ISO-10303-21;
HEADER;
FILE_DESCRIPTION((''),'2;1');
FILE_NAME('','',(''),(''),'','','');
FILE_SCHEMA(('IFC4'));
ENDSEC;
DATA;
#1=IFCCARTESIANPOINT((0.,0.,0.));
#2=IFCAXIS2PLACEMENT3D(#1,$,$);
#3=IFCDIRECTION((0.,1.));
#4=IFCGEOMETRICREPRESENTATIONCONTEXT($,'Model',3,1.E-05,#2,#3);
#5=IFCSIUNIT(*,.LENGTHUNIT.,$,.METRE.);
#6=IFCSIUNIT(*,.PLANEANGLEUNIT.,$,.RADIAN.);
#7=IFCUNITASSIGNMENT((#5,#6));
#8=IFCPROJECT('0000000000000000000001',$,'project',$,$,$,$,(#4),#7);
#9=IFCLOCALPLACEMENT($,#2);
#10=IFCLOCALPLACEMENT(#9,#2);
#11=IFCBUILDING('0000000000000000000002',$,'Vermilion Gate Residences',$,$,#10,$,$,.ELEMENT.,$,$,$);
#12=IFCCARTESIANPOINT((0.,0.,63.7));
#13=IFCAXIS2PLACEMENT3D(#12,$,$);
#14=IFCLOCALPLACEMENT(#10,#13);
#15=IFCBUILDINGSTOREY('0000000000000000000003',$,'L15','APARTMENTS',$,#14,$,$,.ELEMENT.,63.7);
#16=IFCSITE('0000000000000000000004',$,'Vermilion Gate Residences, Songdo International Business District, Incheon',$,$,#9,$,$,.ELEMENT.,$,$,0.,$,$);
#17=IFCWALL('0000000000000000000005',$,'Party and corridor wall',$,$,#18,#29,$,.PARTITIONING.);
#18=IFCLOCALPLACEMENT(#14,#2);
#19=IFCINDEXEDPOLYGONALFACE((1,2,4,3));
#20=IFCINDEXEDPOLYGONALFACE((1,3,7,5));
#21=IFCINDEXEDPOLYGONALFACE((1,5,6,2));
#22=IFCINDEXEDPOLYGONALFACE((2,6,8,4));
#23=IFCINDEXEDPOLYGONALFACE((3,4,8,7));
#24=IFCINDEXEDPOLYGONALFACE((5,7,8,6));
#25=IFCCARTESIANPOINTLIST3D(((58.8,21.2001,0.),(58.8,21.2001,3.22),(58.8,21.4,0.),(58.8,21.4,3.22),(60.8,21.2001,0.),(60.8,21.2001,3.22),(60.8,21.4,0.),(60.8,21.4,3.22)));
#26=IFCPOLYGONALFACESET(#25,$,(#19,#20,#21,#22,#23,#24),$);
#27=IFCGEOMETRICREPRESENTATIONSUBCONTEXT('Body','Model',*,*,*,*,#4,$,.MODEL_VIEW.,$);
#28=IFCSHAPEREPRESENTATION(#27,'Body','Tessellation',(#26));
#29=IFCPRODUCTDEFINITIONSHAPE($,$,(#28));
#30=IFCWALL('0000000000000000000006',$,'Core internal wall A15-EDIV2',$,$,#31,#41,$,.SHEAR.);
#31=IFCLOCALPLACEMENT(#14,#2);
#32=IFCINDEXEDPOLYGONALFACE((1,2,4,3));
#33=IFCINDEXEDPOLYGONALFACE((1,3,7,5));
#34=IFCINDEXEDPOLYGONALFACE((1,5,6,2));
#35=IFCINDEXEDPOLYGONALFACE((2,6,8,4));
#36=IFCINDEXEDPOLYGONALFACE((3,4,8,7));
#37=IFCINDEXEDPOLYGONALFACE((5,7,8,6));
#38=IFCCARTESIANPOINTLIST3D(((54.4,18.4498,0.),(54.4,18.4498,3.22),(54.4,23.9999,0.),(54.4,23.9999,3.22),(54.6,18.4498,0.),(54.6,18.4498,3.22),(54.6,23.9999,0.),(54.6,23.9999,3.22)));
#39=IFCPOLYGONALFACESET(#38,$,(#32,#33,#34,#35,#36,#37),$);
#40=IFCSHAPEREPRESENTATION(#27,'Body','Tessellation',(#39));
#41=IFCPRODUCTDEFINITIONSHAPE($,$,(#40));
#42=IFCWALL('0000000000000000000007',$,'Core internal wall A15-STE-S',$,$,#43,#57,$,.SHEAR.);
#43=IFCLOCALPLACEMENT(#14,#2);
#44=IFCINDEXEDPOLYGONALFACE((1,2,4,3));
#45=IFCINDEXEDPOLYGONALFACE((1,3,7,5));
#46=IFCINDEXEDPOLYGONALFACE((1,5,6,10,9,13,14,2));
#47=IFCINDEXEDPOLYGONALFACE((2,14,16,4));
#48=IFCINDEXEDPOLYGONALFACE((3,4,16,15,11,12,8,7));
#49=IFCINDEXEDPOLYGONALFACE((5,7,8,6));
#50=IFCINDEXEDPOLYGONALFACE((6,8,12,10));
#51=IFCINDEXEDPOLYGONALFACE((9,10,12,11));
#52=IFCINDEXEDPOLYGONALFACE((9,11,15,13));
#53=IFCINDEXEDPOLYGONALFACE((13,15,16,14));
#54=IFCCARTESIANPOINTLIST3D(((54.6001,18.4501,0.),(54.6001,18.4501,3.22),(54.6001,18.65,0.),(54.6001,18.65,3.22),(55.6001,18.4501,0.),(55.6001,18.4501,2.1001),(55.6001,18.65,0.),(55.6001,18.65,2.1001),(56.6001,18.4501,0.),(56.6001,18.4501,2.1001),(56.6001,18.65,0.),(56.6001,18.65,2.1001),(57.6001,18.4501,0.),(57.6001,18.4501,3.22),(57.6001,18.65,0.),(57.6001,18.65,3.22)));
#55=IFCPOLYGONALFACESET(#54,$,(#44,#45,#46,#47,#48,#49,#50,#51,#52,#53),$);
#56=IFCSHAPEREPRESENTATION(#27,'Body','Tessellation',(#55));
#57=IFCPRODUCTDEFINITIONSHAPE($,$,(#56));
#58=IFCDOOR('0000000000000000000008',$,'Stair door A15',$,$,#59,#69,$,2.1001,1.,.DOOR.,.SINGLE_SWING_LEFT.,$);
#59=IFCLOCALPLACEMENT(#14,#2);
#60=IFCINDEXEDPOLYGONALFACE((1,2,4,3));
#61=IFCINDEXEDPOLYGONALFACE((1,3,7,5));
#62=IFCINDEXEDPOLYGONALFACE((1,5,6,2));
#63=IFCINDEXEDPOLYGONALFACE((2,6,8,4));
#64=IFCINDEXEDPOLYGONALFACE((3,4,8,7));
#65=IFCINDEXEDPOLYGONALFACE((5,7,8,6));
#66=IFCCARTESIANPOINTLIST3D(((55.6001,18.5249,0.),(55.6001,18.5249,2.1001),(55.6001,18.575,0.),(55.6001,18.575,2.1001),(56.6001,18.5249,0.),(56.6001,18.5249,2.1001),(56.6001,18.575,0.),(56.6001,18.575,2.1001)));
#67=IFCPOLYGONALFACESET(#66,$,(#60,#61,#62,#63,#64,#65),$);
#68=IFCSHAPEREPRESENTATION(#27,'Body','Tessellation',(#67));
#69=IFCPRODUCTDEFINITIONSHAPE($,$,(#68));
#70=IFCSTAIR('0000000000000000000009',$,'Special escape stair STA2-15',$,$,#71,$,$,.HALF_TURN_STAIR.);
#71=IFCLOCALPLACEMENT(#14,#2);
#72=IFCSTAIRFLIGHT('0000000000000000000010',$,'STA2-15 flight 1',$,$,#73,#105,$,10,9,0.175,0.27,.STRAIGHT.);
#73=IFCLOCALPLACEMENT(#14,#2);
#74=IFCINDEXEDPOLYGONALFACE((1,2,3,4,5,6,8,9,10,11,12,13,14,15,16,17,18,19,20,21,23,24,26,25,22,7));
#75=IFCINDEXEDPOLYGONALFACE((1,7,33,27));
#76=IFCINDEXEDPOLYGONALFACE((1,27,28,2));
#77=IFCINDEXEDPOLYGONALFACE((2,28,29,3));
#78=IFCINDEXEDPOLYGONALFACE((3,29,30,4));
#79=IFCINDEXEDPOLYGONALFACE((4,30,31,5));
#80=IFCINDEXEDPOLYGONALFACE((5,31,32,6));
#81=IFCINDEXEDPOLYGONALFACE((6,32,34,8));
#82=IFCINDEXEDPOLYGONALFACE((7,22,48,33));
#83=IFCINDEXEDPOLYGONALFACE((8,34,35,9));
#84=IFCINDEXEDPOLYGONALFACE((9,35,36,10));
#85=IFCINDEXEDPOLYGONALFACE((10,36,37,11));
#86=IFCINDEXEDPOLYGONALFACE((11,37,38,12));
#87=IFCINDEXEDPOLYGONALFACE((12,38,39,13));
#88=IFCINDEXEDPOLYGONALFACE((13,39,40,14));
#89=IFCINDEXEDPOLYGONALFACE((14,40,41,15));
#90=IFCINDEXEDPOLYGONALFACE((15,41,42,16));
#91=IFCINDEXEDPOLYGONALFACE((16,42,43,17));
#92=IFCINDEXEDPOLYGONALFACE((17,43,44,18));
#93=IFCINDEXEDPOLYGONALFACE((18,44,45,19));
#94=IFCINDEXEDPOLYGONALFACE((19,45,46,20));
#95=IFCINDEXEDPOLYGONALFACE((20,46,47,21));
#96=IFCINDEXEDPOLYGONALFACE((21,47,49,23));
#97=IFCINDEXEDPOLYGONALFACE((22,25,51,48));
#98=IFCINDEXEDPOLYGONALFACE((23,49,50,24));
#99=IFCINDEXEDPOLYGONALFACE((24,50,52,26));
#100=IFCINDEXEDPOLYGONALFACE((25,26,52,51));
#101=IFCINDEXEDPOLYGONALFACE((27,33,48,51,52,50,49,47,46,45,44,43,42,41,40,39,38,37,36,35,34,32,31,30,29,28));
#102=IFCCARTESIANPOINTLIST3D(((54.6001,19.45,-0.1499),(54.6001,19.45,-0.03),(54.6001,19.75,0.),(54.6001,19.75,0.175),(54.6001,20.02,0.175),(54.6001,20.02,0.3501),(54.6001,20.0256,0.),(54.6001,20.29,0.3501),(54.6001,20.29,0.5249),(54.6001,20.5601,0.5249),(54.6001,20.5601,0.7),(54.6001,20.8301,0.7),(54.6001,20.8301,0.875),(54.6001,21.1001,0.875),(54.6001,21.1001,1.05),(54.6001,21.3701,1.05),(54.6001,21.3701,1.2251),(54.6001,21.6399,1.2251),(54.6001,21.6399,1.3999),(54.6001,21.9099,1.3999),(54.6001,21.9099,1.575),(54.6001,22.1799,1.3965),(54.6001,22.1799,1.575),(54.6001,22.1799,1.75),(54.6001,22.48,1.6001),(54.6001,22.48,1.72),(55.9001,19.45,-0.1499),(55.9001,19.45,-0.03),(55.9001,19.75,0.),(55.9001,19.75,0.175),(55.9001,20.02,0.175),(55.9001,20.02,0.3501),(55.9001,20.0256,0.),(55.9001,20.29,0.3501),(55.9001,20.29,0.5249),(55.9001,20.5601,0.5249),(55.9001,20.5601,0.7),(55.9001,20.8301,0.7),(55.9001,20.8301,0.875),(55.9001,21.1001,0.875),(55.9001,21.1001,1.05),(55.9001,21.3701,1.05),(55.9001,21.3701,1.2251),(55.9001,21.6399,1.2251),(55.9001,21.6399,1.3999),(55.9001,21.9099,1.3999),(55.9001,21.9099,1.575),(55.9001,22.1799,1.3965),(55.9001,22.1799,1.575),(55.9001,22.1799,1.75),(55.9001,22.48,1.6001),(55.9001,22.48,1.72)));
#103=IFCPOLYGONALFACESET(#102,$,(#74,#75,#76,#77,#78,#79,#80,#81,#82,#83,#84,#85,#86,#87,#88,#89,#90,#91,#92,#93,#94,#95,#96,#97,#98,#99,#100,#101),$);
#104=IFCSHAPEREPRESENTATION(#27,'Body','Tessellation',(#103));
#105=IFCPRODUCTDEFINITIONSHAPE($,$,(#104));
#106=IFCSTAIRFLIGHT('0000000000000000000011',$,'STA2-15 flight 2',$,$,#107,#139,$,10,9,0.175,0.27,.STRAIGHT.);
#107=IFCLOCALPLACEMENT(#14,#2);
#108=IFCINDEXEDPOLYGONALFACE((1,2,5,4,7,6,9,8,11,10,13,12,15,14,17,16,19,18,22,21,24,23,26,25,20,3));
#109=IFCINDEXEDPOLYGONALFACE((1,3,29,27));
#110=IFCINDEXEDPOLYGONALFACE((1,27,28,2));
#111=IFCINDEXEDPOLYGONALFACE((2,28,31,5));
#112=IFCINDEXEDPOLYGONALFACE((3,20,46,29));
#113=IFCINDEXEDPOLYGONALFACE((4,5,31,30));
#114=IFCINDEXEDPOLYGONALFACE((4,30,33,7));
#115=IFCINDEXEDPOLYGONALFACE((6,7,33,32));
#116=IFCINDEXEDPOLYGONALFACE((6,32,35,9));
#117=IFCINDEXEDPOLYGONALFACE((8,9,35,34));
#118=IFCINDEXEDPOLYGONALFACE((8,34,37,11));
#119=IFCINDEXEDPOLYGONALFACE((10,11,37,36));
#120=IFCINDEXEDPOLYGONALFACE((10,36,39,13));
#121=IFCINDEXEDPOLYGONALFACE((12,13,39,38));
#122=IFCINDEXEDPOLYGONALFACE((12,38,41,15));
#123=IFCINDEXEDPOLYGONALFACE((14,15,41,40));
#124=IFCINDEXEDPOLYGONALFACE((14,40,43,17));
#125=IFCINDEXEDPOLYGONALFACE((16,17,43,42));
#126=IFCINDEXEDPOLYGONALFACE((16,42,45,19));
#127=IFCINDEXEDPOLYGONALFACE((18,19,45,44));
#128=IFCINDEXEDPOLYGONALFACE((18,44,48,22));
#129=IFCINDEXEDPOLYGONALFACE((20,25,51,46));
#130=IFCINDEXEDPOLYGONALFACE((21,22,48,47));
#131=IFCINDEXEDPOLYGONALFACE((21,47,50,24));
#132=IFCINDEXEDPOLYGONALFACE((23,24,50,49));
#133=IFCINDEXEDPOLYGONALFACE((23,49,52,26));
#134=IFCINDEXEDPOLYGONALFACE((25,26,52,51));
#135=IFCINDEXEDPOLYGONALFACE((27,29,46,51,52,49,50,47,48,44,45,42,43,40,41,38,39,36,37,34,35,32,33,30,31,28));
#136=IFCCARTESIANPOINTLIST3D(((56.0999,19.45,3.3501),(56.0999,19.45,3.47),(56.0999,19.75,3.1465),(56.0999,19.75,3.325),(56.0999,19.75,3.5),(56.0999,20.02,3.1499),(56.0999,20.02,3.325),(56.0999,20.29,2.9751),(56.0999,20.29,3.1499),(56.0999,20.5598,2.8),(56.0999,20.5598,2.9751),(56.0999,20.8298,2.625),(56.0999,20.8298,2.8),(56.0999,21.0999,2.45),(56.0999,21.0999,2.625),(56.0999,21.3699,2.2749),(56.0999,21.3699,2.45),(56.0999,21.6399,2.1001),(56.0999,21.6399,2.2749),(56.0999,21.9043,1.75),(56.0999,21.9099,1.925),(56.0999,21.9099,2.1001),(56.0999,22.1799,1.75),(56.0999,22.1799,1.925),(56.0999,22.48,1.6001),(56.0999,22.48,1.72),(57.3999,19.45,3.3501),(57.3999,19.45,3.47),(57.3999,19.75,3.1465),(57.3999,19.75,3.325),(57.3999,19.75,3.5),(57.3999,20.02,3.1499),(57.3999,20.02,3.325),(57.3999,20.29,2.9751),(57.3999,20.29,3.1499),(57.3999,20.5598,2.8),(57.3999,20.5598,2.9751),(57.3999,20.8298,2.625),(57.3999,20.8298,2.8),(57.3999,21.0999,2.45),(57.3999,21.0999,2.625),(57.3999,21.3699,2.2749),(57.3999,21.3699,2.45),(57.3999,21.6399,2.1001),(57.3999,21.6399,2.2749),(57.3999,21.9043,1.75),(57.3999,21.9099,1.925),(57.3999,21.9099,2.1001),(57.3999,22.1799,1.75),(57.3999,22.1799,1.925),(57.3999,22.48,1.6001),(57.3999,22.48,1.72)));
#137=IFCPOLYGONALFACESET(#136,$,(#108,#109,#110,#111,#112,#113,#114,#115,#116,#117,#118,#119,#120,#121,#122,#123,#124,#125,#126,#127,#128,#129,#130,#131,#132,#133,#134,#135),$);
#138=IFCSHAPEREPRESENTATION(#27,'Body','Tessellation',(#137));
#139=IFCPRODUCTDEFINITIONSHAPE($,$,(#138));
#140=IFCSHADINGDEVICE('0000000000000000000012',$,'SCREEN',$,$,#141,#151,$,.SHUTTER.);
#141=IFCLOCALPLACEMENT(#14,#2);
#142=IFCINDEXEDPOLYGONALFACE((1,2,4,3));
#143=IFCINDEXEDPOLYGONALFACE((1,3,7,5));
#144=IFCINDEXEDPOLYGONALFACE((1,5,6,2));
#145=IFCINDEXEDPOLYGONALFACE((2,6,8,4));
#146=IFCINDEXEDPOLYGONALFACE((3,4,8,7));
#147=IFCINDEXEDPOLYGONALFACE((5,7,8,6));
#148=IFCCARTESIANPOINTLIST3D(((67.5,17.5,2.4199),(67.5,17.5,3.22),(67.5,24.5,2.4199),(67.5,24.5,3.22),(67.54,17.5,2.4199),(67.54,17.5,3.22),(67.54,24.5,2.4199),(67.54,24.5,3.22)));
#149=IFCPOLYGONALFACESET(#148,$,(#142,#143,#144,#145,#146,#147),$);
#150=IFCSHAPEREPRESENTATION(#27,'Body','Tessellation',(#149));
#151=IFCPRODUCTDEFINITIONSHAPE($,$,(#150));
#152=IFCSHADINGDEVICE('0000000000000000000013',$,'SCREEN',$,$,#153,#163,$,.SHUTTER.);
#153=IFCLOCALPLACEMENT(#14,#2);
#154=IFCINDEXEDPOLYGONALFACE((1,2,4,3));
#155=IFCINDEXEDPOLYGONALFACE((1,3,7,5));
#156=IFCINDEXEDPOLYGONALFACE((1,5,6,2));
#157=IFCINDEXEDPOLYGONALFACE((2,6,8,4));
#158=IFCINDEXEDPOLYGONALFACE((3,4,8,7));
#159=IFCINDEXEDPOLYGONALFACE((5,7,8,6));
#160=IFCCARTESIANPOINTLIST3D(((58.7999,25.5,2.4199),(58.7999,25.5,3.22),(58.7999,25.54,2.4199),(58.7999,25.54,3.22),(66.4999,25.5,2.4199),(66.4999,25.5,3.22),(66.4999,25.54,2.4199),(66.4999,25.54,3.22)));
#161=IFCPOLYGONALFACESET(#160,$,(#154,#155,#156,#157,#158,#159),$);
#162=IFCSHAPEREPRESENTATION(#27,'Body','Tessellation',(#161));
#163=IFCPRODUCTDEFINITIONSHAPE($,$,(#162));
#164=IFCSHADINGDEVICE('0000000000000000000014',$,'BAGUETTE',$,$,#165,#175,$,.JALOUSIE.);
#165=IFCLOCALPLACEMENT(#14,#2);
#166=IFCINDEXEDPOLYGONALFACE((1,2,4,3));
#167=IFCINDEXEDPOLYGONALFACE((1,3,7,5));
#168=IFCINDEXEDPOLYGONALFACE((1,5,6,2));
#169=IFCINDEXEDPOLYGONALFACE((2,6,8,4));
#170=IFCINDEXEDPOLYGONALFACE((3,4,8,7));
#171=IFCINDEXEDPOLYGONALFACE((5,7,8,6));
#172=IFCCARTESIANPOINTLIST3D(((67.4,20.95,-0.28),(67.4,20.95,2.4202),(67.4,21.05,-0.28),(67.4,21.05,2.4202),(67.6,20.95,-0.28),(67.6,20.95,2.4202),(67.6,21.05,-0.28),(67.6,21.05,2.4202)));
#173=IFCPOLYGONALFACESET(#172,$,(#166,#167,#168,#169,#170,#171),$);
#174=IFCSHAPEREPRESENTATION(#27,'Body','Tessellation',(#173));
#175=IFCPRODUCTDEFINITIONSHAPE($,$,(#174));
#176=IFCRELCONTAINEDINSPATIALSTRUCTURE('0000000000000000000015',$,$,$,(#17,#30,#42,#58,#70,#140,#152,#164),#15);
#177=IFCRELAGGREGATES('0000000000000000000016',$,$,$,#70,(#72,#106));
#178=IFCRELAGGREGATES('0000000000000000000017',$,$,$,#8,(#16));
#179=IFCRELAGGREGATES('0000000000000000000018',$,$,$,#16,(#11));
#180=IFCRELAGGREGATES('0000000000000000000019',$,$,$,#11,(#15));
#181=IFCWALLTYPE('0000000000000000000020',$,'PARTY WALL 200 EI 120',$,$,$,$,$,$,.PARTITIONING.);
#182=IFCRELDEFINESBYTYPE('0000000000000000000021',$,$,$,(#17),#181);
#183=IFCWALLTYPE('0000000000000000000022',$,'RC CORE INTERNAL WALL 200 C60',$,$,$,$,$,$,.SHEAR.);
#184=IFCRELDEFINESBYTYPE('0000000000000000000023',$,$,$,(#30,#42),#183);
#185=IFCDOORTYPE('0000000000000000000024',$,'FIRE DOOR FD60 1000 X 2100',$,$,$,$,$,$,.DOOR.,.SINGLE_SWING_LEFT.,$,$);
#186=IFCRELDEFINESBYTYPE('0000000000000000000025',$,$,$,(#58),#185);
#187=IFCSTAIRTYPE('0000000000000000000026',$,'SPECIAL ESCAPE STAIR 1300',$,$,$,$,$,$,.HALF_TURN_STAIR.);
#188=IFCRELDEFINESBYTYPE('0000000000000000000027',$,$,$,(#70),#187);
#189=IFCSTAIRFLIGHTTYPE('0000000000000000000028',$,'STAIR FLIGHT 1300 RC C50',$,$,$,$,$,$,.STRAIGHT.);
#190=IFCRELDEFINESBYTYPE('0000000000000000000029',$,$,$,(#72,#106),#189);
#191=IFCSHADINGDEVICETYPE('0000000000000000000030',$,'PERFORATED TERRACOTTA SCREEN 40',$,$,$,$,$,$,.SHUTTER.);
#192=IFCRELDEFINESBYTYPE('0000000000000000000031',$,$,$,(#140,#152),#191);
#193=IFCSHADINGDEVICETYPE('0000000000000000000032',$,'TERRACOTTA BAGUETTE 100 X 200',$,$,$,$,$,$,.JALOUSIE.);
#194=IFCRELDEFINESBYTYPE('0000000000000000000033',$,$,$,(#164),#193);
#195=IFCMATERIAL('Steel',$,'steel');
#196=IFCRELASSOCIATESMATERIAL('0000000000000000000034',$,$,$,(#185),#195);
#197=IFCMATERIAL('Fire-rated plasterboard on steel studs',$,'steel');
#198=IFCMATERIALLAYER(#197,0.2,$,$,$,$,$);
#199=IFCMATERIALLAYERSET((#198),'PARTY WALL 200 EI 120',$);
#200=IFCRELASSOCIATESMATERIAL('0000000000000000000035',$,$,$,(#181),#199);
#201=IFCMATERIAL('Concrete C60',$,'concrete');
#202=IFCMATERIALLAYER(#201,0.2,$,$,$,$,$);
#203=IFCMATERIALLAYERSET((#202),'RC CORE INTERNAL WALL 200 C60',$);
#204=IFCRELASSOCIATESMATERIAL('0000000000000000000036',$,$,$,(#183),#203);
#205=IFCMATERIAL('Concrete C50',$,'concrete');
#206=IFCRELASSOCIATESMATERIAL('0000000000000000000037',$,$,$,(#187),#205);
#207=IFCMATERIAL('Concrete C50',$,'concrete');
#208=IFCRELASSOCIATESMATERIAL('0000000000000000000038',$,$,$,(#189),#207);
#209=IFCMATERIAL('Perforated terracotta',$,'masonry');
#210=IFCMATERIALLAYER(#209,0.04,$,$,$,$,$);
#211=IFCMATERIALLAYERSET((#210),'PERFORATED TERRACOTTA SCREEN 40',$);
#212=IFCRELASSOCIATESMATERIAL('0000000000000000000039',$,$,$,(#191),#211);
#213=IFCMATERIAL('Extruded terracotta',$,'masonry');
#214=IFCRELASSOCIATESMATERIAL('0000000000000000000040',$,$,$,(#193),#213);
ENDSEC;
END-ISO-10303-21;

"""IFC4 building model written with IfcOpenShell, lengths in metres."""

from ifc_helpers import new_model, si_unit, direction, frame, frame_2d, origin, origin_2d, place, context, subcontext, project, spatial, polyline, rectangle, outline, extrude, material, layer, layer_set, material_profile, profile_set, type_object, element, fill, aggregate, save


model = new_model("IFC4")

# Units and contexts
model_context = context("Model", 3, precision=1e-05, world=origin(), true_north=direction((0.0, 1.0)))
body_context = subcontext(model_context, "Body", "Model", "MODEL_VIEW")
ifc_project = project(units=[si_unit("LENGTHUNIT", "METRE"), si_unit("PLANEANGLEUNIT", "RADIAN")], contexts=[model_context])

# Site, building, storey
site_placement = place(None, origin())
site = spatial("IfcSite", under=ifc_project, at=site_placement, Name="Vermilion Gate Residences, Songdo International Business District, Incheon", CompositionType="ELEMENT", RefElevation=0.0)
building_placement = place(site_placement, origin())
building = spatial("IfcBuilding", under=site, at=building_placement, Name="Vermilion Gate Residences", CompositionType="ELEMENT")
storey_placement = place(building_placement, frame((0.0, 0.0, 63.7)))
storey = spatial("IfcBuildingStorey", under=building, at=storey_placement, Name="L15", Description="APARTMENTS", CompositionType="ELEMENT", Elevation=63.7)

# Shared definitions
ifc_material_1 = material(Name="Steel", Category="steel")
door_type = type_object("IfcDoorType", Name="FIRE DOOR FD60 1000 X 2100", OperationType="SINGLE_SWING_LEFT", PredefinedType="DOOR", material=ifc_material_1)

# Walls
ifc_material_2 = material(Name="Fire-rated plasterboard on steel studs", Category="steel")
ifc_layer_1 = layer(ifc_material_2, 0.2)
ifc_layer_set_1 = layer_set([ifc_layer_1], Name="PARTY WALL 200 EI 120")
wall_type_1 = type_object("IfcWallType", Name="PARTY WALL 200 EI 120", PredefinedType="PARTITIONING", material=ifc_layer_set_1)
wall_1_placement = place(storey_placement, frame((58.8, 21.3, 0.0), z_axis=(0.0, 0.0, 1.0), x_axis=(1.0, 0.0, 0.0)))
element("IfcWall", 1, at=wall_1_placement, inside=storey, type_object=wall_type_1, Name="Party and corridor wall", PredefinedType="PARTITIONING", context=body_context, shape_type="SweptSolid", body=[
    extrude(rectangle(XDim=2.0, YDim=0.2, at=frame_2d((1.0, 0.0))), origin(), (0.0, 0.0, 1.0), 3.22),
])
ifc_material_3 = material(Name="Concrete C60", Category="concrete")
ifc_layer_2 = layer(ifc_material_3, 0.2)
ifc_layer_set_2 = layer_set([ifc_layer_2], Name="RC CORE INTERNAL WALL 200 C60")
wall_type_2 = type_object("IfcWallType", Name="RC CORE INTERNAL WALL 200 C60", PredefinedType="SHEAR", material=ifc_layer_set_2)
wall_2_placement = place(storey_placement, frame((54.5, 18.45, 0.0), z_axis=(0.0, 0.0, 1.0), x_axis=(0.0, 1.0, 0.0)))
element("IfcWall", 2, at=wall_2_placement, inside=storey, type_object=wall_type_2, Name="Core internal wall A15-EDIV2", PredefinedType="SHEAR", context=body_context, shape_type="SweptSolid", body=[
    extrude(rectangle(XDim=5.55, YDim=0.2, at=frame_2d((2.7749, 0.0))), origin(), (0.0, 0.0, 1.0), 3.22),
])

# Wall, opening, door
wall_3_placement = place(storey_placement, frame((54.6001, 18.55, 0.0), z_axis=(0.0, 0.0, 1.0), x_axis=(1.0, 0.0, 0.0)))
wall_3 = element("IfcWall", 3, at=wall_3_placement, inside=storey, type_object=wall_type_2, Name="Core internal wall A15-STE-S", PredefinedType="SHEAR", context=body_context, shape_type="SweptSolid", body=[
    extrude(rectangle(XDim=3.0, YDim=0.2, at=frame_2d((1.5, 0.0))), origin(), (0.0, 0.0, 1.0), 3.22),
])
opening_1_placement = place(wall_3_placement, frame((1.0, 0.0, 0.0)))
opening_1 = element("IfcOpeningElement", 4, at=opening_1_placement, cuts=wall_3, PredefinedType="OPENING", context=body_context, shape_type="SweptSolid", body=[
    extrude(rectangle(XDim=1.0, YDim=2.1001, at=frame_2d((0.5, 1.05))), frame((0.0, 0.1099, 0.0), z_axis=(0.0, -1.0, 0.0), x_axis=(1.0, 0.0, 0.0)), (0.0, 0.0, 1.0), 0.22),
])
door_1_placement = place(opening_1_placement, origin())
door_1 = element("IfcDoor", 5, at=door_1_placement, inside=storey, type_object=door_type, Name="Stair door A15", OperationType="SINGLE_SWING_LEFT", OverallHeight=2.1001, OverallWidth=1.0, PredefinedType="DOOR", context=body_context, shape_type="SweptSolid", body=[
    extrude(rectangle(XDim=1.0, YDim=2.1001, at=frame_2d((0.5, 1.05))), frame((0.0, 0.0249, 0.0), z_axis=(0.0, -1.0, 0.0), x_axis=(1.0, 0.0, 0.0)), (0.0, 0.0, 1.0), 0.05),
])
fill(opening_1, door_1)

# Stair, stair flights
ifc_material_4 = material(Name="Concrete C50", Category="concrete")
stair_type = type_object("IfcStairType", Name="SPECIAL ESCAPE STAIR 1300", PredefinedType="HALF_TURN_STAIR", material=ifc_material_4)
stair_placement = place(storey_placement, origin())
stair = element("IfcStair", 6, at=stair_placement, inside=storey, type_object=stair_type, Name="Special escape stair STA2-15", PredefinedType="HALF_TURN_STAIR")
ifc_material_5 = material(Name="Concrete C50", Category="concrete")
stair_flight_type = type_object("IfcStairFlightType", Name="STAIR FLIGHT 1300 RC C50", PredefinedType="STRAIGHT", material=ifc_material_5)
stair_flight_1_placement = place(storey_placement, frame((55.25, 19.75, 0.0), z_axis=(0.0, 0.0, 1.0), x_axis=(0.0, 1.0, 0.0)))
stair_flight_1 = element("IfcStairFlight", 7, at=stair_flight_1_placement, type_object=stair_flight_type, Name="STA2-15 flight 1", NumberOfRisers=10, NumberOfTreads=9, PredefinedType="STRAIGHT", RiserHeight=0.175, TreadLength=0.27, context=body_context, shape_type="SweptSolid", body=[
    extrude(outline(polyline([(-0.3, -0.1499), (-0.3, -0.03), (0.0, 0.0), (0.0, 0.175), (0.27, 0.175), (0.27, 0.3501), (0.54, 0.3501), (0.54, 0.5249), (0.8101, 0.5249), (0.8101, 0.7), (1.0801, 0.7), (1.0801, 0.875), (1.3501, 0.875), (1.3501, 1.05), (1.6201, 1.05), (1.6201, 1.2251), (1.8899, 1.2251), (1.8899, 1.3999), (2.1599, 1.3999), (2.1599, 1.575), (2.4299, 1.575), (2.4299, 1.75), (2.73, 1.72), (2.73, 1.6001), (2.4299, 1.3965), (0.2756, 0.0), (-0.3, -0.1499)])), frame((0.0, 0.6499, 0.0), z_axis=(0.0, -1.0, 0.0), x_axis=(1.0, 0.0, 0.0)), (0.0, 0.0, 1.0), 1.3),
])
stair_flight_2_placement = place(storey_placement, frame((56.75, 22.1799, 1.75), z_axis=(0.0, 0.0, 1.0), x_axis=(0.0, -1.0, 0.0)))
stair_flight_2 = element("IfcStairFlight", 8, at=stair_flight_2_placement, type_object=stair_flight_type, Name="STA2-15 flight 2", NumberOfRisers=10, NumberOfTreads=9, PredefinedType="STRAIGHT", RiserHeight=0.175, TreadLength=0.27, context=body_context, shape_type="SweptSolid", body=[
    extrude(outline(polyline([(-0.3, -0.1499), (-0.3, -0.03), (0.0, 0.0), (0.0, 0.175), (0.27, 0.175), (0.27, 0.3501), (0.54, 0.3501), (0.54, 0.5249), (0.8101, 0.5249), (0.8101, 0.7), (1.0801, 0.7), (1.0801, 0.875), (1.3501, 0.875), (1.3501, 1.05), (1.6201, 1.05), (1.6201, 1.2251), (1.8899, 1.2251), (1.8899, 1.3999), (2.1599, 1.3999), (2.1599, 1.575), (2.4299, 1.575), (2.4299, 1.75), (2.73, 1.72), (2.73, 1.6001), (2.4299, 1.3965), (0.2756, 0.0), (-0.3, -0.1499)])), frame((0.0, 0.6499, 0.0), z_axis=(0.0, -1.0, 0.0), x_axis=(1.0, 0.0, 0.0)), (0.0, 0.0, 1.0), 1.3),
])
aggregate(stair, [stair_flight_1, stair_flight_2])

# Shading devices
ifc_material_6 = material(Name="Perforated terracotta", Category="masonry")
ifc_layer_3 = layer(ifc_material_6, 0.04)
ifc_layer_set_3 = layer_set([ifc_layer_3], Name="PERFORATED TERRACOTTA SCREEN 40")
shading_device_type_1 = type_object("IfcShadingDeviceType", Name="PERFORATED TERRACOTTA SCREEN 40", PredefinedType="SHUTTER", material=ifc_layer_set_3)
shading_device_1_placement = place(storey_placement, frame((67.52, 21.0, 2.4199), z_axis=(0.0, 0.0, 1.0), x_axis=(0.0, 1.0, 0.0)))
element("IfcShadingDevice", 9, at=shading_device_1_placement, inside=storey, type_object=shading_device_type_1, Name="SCREEN", PredefinedType="SHUTTER", context=body_context, shape_type="SweptSolid", body=[
    extrude(rectangle(XDim=7.0, YDim=0.04, at=origin_2d()), origin(), (0.0, 0.0, 1.0), 0.8),
])
shading_device_2_placement = place(storey_placement, frame((62.6499, 25.52, 2.4199), z_axis=(0.0, 0.0, 1.0), x_axis=(-1.0, 0.0, 0.0)))
element("IfcShadingDevice", 10, at=shading_device_2_placement, inside=storey, type_object=shading_device_type_1, Name="SCREEN", PredefinedType="SHUTTER", context=body_context, shape_type="SweptSolid", body=[
    extrude(rectangle(XDim=7.7, YDim=0.04, at=origin_2d()), origin(), (0.0, 0.0, 1.0), 0.8),
])

# Shading device
ifc_material_7 = material(Name="Extruded terracotta", Category="masonry")
ifc_material_profile_1 = material_profile(ifc_material_7, rectangle(XDim=0.2, YDim=0.1001, at=origin_2d()), Name="BAGUETTE 100 X 200")
ifc_profile_set_1 = profile_set([ifc_material_profile_1], Name="Extruded terracotta")
shading_device_type_2 = type_object("IfcShadingDeviceType", Name="TERRACOTTA BAGUETTE 100 X 200", PredefinedType="JALOUSIE", material=ifc_profile_set_1)
for number, where, z_axis, x_axis, name in (
    (11, (67.5, 21.0, -0.28), (0.0, 0.0, 1.0), (-1.0, 0.0, 0.0), "BAGUETTE"),
):
    element("IfcShadingDevice", number, at=place(storey_placement, frame(where, z_axis=z_axis, x_axis=x_axis)), inside=storey, type_object=shading_device_type_2, Name=name, PredefinedType="JALOUSIE", context=body_context, shape_type="SweptSolid", body=[
        extrude(rectangle(XDim=0.2, YDim=0.1001, at=origin_2d()), origin(), (0.0, 0.0, 1.0), 2.7002),
    ])

save(model, "model.ifc")
